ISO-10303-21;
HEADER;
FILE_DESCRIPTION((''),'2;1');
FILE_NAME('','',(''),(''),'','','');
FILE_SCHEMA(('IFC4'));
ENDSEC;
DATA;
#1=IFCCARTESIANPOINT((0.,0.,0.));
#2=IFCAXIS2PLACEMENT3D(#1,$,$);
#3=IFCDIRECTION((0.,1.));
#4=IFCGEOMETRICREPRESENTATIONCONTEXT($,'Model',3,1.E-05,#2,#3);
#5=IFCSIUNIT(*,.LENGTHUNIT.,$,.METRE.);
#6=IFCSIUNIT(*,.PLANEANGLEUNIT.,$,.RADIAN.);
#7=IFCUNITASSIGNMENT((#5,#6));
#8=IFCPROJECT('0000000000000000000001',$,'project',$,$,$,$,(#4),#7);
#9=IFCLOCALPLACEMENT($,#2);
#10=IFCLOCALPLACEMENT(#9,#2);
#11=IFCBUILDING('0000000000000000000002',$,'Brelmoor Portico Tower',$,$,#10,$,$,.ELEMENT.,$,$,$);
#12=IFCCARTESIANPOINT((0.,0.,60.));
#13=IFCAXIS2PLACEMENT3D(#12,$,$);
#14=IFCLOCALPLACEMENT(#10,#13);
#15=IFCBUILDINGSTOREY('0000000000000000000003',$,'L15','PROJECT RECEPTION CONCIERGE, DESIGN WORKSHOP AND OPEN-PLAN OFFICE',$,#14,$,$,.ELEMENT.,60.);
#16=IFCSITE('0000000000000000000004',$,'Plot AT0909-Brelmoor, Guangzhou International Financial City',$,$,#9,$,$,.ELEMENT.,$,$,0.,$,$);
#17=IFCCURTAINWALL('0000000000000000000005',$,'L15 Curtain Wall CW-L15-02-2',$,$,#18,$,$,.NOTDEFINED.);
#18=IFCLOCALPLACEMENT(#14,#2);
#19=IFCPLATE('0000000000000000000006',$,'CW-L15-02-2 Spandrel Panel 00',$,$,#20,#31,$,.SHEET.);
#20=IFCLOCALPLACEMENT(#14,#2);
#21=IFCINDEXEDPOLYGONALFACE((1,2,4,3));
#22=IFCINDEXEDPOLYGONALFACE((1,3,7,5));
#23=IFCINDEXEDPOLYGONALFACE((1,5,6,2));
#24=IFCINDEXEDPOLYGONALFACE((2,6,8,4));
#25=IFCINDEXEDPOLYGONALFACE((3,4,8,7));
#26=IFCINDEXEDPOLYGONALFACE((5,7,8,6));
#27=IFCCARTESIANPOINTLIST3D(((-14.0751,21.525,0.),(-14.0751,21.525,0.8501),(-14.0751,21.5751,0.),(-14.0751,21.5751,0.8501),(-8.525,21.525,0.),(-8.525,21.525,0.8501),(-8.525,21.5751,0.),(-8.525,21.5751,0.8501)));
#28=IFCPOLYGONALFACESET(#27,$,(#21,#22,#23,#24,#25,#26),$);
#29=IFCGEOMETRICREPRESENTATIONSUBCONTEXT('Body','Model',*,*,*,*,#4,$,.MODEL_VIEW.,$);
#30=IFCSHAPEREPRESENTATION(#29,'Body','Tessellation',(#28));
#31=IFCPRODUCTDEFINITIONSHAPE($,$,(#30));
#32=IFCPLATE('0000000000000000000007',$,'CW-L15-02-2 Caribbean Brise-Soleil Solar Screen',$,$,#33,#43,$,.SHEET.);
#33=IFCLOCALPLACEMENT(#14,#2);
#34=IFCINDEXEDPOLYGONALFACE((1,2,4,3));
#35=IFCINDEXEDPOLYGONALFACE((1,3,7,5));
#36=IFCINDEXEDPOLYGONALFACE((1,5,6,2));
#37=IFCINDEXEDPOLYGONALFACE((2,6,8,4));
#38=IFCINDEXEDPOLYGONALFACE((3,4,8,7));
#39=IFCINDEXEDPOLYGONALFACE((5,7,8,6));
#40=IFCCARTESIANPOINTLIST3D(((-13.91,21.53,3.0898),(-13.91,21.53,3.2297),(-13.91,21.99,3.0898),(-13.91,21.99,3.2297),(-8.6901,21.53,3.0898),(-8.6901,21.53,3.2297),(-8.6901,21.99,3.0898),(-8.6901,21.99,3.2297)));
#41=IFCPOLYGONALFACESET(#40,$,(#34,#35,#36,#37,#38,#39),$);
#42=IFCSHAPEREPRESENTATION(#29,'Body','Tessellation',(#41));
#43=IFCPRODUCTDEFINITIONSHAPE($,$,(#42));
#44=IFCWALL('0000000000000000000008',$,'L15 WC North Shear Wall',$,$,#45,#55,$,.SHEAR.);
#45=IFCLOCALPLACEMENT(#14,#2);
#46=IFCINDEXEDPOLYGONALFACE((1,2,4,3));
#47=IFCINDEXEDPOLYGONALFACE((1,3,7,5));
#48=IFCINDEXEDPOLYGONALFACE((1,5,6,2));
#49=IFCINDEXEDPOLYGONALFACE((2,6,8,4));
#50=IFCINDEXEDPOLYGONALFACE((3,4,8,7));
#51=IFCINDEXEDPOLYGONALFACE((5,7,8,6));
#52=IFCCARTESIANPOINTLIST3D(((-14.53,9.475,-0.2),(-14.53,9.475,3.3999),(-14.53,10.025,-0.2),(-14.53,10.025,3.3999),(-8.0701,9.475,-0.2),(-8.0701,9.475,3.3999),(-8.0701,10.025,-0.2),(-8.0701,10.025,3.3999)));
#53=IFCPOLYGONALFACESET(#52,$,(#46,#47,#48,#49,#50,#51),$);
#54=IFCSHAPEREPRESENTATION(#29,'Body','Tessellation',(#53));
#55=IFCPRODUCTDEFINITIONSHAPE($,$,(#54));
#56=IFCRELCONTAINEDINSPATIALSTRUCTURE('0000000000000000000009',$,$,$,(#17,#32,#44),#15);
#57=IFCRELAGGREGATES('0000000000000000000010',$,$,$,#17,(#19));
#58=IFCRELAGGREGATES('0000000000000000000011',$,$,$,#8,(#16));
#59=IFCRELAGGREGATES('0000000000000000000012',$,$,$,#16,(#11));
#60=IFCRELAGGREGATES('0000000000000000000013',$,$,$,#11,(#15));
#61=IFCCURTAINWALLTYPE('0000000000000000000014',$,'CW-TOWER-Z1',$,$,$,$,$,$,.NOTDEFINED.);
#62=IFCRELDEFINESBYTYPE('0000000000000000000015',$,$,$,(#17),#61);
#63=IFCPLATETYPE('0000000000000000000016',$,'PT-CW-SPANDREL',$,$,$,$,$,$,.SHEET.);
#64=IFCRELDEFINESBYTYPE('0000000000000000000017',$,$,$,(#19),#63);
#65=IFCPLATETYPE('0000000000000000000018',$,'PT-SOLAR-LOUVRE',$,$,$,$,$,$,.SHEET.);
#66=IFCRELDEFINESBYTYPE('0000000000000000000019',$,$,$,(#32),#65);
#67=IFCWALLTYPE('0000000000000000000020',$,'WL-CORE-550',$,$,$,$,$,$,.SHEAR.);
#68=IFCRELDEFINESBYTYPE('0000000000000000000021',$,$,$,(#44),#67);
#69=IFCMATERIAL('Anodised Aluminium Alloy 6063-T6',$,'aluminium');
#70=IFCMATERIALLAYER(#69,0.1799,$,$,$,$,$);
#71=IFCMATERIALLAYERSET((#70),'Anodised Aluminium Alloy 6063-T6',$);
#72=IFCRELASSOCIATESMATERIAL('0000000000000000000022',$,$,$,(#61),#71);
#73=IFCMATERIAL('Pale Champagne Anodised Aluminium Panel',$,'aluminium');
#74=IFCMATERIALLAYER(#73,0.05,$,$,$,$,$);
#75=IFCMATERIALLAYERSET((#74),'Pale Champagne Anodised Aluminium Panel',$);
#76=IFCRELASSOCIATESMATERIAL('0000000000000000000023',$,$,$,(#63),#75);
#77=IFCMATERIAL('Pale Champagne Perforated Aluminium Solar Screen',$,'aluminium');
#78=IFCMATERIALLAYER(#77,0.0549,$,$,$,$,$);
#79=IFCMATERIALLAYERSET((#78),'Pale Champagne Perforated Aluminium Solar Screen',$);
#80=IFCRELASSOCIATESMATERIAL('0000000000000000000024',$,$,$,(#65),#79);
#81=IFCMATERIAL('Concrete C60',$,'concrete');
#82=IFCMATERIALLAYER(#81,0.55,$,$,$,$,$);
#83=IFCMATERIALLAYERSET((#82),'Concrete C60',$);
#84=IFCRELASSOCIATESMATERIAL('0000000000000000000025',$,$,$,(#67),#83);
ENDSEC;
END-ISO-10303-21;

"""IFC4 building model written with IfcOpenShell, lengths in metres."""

from ifc_helpers import new_model, si_unit, direction, frame, frame_2d, origin, origin_2d, place, context, subcontext, project, spatial, rectangle, extrude, material, layer, layer_set, type_object, element, aggregate, save


model = new_model("IFC4")

# Units and contexts
model_context = context("Model", 3, precision=1e-05, world=origin(), true_north=direction((0.0, 1.0)))
body_context = subcontext(model_context, "Body", "Model", "MODEL_VIEW")
ifc_project = project(units=[si_unit("LENGTHUNIT", "METRE"), si_unit("PLANEANGLEUNIT", "RADIAN")], contexts=[model_context])

# Site, building, storey
site_placement = place(None, origin())
site = spatial("IfcSite", under=ifc_project, at=site_placement, Name="Plot AT0909-Brelmoor, Guangzhou International Financial City", CompositionType="ELEMENT", RefElevation=0.0)
building_placement = place(site_placement, origin())
building = spatial("IfcBuilding", under=site, at=building_placement, Name="Brelmoor Portico Tower", CompositionType="ELEMENT")
storey_placement = place(building_placement, frame((0.0, 0.0, 60.0)))
storey = spatial("IfcBuildingStorey", under=building, at=storey_placement, Name="L15", Description="PROJECT RECEPTION CONCIERGE, DESIGN WORKSHOP AND OPEN-PLAN OFFICE", CompositionType="ELEMENT", Elevation=60.0)

# Shared definitions
ifc_material_1 = material(Name="Anodised Aluminium Alloy 6063-T6", Category="aluminium")

# Curtain wall
ifc_layer_1 = layer(ifc_material_1, 0.1799)
ifc_layer_set_1 = layer_set([ifc_layer_1], Name="Anodised Aluminium Alloy 6063-T6")
curtain_wall_type_1 = type_object("IfcCurtainWallType", Name="CW-TOWER-Z1", PredefinedType="NOTDEFINED", material=ifc_layer_set_1)
curtain_wall_1_placement = place(storey_placement, origin())
curtain_wall_1 = element("IfcCurtainWall", 1, at=curtain_wall_1_placement, inside=storey, type_object=curtain_wall_type_1, Name="L15 Curtain Wall CW-L15-02-2", PredefinedType="NOTDEFINED")

# Plates
ifc_material_2 = material(Name="Pale Champagne Anodised Aluminium Panel", Category="aluminium")
ifc_layer_2 = layer(ifc_material_2, 0.05)
ifc_layer_set_2 = layer_set([ifc_layer_2], Name="Pale Champagne Anodised Aluminium Panel")
plate_type_1 = type_object("IfcPlateType", Name="PT-CW-SPANDREL", PredefinedType="SHEET", material=ifc_layer_set_2)
plate_1_placement = place(storey_placement, frame((-11.3, 21.55, 0.0), z_axis=(0.0, 0.0, 1.0), x_axis=(1.0, 0.0, 0.0)))
plate_1 = element("IfcPlate", 2, at=plate_1_placement, type_object=plate_type_1, Name="CW-L15-02-2 Spandrel Panel 00", PredefinedType="SHEET", context=body_context, shape_type="SweptSolid", body=[
    extrude(rectangle(XDim=5.55, YDim=0.05, at=origin_2d()), origin(), (0.0, 0.0, 1.0), 0.8501),
])
aggregate(curtain_wall_1, [plate_1])
ifc_material_3 = material(Name="Pale Champagne Perforated Aluminium Solar Screen", Category="aluminium")
ifc_layer_3 = layer(ifc_material_3, 0.0549)
ifc_layer_set_3 = layer_set([ifc_layer_3], Name="Pale Champagne Perforated Aluminium Solar Screen")
plate_type_2 = type_object("IfcPlateType", Name="PT-SOLAR-LOUVRE", PredefinedType="SHEET", material=ifc_layer_set_3)
plate_2_placement = place(storey_placement, frame((-11.3, 21.76, 3.0898), z_axis=(0.0, 0.0, 1.0), x_axis=(1.0, 0.0, 0.0)))
element("IfcPlate", 3, at=plate_2_placement, inside=storey, type_object=plate_type_2, Name="CW-L15-02-2 Caribbean Brise-Soleil Solar Screen", PredefinedType="SHEET", context=body_context, shape_type="SweptSolid", body=[
    extrude(rectangle(XDim=5.22, YDim=0.46, at=origin_2d()), origin(), (0.0, 0.0, 1.0), 0.1399),
])

# Wall
ifc_material_4 = material(Name="Concrete C60", Category="concrete")
ifc_layer_4 = layer(ifc_material_4, 0.55)
ifc_layer_set_4 = layer_set([ifc_layer_4], Name="Concrete C60")
wall_type = type_object("IfcWallType", Name="WL-CORE-550", PredefinedType="SHEAR", material=ifc_layer_set_4)
wall_placement = place(storey_placement, frame((-14.53, 9.75, -0.2), z_axis=(0.0, 0.0, 1.0), x_axis=(1.0, 0.0, 0.0)))
element("IfcWall", 4, at=wall_placement, inside=storey, type_object=wall_type, Name="L15 WC North Shear Wall", PredefinedType="SHEAR", context=body_context, shape_type="SweptSolid", body=[
    extrude(rectangle(XDim=6.46, YDim=0.55, at=frame_2d((3.23, 0.0))), origin(), (0.0, 0.0, 1.0), 3.5999),
])

save(model, "model.ifc")
